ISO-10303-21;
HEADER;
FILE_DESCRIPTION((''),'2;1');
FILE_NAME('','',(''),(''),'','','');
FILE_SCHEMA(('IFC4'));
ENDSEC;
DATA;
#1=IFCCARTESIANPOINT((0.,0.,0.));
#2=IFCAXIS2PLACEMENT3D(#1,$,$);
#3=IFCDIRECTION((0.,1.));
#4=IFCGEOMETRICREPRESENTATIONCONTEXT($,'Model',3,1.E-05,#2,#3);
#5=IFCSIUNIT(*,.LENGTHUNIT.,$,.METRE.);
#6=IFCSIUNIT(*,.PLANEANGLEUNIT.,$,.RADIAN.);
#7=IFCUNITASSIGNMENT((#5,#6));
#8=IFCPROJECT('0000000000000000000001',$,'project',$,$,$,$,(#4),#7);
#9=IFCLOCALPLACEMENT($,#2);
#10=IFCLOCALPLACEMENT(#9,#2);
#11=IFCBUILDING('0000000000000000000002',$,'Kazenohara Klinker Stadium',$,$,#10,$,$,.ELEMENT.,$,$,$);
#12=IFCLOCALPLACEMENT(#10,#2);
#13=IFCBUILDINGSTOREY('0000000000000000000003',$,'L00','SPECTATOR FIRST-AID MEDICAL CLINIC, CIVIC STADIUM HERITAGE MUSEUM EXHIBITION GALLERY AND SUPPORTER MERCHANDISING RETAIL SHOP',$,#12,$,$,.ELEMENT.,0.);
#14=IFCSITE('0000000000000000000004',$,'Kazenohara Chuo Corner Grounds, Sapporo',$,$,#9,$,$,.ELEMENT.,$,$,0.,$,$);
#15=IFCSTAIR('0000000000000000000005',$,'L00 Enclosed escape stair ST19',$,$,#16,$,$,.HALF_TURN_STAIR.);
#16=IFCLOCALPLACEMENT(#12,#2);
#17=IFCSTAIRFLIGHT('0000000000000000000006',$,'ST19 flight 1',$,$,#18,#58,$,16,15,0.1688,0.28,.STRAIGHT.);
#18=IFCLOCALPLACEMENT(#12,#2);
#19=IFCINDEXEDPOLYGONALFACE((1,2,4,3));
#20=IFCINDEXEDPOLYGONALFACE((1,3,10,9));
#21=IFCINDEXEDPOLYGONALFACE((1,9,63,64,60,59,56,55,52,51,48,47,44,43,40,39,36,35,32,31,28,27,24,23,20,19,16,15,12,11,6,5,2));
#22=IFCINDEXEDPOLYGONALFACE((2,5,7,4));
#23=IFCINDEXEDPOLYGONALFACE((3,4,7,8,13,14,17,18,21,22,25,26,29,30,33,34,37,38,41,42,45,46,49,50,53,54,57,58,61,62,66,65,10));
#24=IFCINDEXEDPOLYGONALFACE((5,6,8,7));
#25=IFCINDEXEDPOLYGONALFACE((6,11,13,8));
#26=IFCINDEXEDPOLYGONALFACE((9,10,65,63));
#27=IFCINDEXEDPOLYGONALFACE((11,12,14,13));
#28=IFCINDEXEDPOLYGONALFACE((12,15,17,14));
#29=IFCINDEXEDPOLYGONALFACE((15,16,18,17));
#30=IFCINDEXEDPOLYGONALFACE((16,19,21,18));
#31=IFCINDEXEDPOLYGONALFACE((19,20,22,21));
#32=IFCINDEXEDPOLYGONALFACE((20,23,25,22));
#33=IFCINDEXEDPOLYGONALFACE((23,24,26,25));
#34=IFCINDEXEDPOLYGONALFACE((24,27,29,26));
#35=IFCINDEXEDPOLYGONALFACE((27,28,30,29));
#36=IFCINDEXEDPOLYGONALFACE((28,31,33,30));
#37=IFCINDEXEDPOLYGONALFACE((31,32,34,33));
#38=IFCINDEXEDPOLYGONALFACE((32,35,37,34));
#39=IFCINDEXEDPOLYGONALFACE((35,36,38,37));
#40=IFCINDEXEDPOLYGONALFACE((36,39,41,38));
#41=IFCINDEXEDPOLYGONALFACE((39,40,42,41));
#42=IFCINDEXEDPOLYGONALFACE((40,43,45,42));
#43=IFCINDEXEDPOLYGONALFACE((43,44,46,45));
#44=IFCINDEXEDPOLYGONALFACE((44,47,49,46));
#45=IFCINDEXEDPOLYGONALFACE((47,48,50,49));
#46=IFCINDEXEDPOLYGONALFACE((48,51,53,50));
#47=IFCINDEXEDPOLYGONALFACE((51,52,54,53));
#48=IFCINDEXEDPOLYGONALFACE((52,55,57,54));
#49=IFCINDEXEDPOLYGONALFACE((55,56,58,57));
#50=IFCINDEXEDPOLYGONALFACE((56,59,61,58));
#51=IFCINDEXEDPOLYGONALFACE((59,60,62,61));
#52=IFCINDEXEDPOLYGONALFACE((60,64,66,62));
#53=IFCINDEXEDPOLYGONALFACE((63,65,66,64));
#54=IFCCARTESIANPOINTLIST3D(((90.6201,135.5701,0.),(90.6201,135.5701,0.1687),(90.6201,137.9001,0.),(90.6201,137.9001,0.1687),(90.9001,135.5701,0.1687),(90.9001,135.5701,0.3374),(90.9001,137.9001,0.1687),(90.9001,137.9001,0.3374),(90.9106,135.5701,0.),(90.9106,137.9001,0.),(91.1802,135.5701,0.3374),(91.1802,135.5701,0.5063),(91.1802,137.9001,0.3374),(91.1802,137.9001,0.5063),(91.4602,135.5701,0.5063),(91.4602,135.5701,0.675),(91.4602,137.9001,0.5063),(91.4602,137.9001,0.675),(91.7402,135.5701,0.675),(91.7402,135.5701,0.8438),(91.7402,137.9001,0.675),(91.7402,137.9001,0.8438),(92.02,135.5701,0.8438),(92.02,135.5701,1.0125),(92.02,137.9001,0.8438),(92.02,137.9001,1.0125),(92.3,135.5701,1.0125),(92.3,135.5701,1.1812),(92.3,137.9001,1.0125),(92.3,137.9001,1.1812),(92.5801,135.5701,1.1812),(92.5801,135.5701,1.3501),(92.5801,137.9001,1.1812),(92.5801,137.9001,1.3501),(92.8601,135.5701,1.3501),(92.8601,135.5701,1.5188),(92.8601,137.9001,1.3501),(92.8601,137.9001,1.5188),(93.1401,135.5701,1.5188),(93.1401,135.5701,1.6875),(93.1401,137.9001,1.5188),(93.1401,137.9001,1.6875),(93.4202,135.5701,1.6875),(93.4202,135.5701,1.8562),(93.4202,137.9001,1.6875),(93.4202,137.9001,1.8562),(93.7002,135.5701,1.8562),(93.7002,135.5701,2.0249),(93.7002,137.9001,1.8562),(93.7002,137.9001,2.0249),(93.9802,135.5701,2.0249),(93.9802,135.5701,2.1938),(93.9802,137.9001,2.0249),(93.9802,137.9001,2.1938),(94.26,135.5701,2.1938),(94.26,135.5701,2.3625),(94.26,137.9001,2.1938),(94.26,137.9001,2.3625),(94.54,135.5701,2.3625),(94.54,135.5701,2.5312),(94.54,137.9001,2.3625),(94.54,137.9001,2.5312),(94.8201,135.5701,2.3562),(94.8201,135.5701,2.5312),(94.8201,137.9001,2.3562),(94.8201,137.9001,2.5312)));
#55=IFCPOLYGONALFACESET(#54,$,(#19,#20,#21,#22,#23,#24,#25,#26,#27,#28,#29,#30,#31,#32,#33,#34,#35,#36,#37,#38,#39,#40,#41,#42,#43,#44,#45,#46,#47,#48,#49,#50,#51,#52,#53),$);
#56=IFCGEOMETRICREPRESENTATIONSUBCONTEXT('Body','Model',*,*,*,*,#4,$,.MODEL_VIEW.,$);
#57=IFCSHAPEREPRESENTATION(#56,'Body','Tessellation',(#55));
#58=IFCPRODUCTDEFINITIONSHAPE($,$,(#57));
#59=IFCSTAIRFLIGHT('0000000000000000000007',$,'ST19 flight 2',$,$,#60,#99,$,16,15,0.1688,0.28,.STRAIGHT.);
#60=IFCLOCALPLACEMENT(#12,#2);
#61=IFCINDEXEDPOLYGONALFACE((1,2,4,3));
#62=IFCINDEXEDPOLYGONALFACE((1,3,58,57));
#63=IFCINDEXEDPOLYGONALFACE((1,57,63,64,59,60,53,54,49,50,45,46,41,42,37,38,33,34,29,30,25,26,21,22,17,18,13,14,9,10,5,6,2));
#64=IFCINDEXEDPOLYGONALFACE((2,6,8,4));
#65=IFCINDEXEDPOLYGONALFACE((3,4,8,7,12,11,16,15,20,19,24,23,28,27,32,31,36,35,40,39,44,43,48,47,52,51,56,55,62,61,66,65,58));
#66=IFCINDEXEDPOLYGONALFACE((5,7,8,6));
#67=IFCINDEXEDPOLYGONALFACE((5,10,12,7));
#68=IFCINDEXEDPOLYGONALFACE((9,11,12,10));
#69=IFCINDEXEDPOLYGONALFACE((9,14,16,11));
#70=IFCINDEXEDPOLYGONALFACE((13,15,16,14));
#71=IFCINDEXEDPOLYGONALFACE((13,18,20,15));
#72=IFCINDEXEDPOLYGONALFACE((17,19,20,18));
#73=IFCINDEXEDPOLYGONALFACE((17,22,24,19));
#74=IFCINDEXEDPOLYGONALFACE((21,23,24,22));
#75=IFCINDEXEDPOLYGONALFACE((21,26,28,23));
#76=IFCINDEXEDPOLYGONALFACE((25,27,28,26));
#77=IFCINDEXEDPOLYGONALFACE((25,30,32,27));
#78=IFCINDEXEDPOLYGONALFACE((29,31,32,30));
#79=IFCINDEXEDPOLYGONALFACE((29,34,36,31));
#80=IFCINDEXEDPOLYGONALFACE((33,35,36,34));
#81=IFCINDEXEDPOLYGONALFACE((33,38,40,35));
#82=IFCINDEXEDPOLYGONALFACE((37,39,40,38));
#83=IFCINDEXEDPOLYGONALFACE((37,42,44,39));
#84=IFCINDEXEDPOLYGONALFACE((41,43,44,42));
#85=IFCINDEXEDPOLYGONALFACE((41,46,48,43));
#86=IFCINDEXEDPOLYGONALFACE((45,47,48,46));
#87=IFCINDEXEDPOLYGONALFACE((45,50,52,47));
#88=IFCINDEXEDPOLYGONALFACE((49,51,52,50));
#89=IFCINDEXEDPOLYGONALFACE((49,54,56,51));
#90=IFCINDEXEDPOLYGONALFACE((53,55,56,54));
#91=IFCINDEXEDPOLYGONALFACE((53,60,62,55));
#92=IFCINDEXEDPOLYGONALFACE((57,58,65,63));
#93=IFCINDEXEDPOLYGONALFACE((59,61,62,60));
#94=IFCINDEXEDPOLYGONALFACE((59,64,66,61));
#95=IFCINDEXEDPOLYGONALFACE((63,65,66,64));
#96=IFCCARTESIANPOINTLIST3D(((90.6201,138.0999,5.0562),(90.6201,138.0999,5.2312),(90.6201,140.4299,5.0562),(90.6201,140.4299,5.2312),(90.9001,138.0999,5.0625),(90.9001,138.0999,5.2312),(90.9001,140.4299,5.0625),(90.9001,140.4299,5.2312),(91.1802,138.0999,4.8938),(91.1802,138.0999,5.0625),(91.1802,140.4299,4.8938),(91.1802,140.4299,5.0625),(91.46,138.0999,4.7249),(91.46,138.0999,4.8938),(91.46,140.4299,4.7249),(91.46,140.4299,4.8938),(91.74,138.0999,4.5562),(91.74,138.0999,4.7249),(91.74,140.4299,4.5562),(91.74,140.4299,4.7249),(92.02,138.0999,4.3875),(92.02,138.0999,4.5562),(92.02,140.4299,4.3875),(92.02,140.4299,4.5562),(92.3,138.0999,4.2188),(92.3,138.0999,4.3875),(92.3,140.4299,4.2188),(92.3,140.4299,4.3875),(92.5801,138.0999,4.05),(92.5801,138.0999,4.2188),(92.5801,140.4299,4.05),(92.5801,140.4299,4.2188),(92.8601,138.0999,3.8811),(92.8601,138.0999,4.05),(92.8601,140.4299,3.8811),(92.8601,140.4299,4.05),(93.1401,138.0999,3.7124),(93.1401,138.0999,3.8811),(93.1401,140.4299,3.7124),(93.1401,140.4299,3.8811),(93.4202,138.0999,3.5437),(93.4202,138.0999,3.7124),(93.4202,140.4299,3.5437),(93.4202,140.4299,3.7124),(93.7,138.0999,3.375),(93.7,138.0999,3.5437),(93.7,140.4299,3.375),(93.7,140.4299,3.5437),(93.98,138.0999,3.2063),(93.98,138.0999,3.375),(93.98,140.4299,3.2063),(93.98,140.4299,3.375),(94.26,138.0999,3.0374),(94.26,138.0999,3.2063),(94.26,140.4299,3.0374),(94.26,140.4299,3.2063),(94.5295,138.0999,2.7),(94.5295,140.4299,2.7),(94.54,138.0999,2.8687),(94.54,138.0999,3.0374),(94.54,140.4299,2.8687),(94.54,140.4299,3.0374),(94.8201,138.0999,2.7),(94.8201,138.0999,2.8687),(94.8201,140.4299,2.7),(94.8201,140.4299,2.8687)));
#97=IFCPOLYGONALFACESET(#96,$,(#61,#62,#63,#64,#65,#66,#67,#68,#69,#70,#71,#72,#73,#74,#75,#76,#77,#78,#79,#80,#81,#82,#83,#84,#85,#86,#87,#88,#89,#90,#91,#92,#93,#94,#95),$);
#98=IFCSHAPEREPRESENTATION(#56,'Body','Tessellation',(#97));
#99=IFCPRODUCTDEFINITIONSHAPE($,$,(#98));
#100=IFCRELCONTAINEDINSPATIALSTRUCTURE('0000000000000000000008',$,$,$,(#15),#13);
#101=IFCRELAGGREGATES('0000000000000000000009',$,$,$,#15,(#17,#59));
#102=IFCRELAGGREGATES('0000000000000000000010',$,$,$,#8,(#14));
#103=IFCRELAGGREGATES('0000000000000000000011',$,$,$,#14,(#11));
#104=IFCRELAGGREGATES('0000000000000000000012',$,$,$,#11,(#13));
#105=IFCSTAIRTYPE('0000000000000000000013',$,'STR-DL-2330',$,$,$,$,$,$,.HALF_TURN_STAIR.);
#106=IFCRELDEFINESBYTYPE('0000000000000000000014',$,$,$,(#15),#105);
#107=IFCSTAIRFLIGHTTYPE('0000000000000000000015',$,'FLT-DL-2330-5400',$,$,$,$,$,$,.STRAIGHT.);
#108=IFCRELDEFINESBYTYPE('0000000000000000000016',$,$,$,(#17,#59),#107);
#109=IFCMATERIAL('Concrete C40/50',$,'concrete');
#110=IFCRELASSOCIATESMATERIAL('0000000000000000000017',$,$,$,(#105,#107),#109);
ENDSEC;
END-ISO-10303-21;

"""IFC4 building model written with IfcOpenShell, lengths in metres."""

from ifc_helpers import new_model, si_unit, direction, frame, origin, place, context, subcontext, project, spatial, polyline, outline, extrude, material, type_object, element, aggregate, save


model = new_model("IFC4")

# Units and contexts
model_context = context("Model", 3, precision=1e-05, world=origin(), true_north=direction((0.0, 1.0)))
body_context = subcontext(model_context, "Body", "Model", "MODEL_VIEW")
ifc_project = project(units=[si_unit("LENGTHUNIT", "METRE"), si_unit("PLANEANGLEUNIT", "RADIAN")], contexts=[model_context])

# Site, building, storey
site_placement = place(None, origin())
site = spatial("IfcSite", under=ifc_project, at=site_placement, Name="Kazenohara Chuo Corner Grounds, Sapporo", CompositionType="ELEMENT", RefElevation=0.0)
building_placement = place(site_placement, origin())
building = spatial("IfcBuilding", under=site, at=building_placement, Name="Kazenohara Klinker Stadium", CompositionType="ELEMENT")
storey_placement = place(building_placement, origin())
storey = spatial("IfcBuildingStorey", under=building, at=storey_placement, Name="L00", Description="SPECTATOR FIRST-AID MEDICAL CLINIC, CIVIC STADIUM HERITAGE MUSEUM EXHIBITION GALLERY AND SUPPORTER MERCHANDISING RETAIL SHOP", CompositionType="ELEMENT", Elevation=0.0)

# Shared definitions
ifc_material_1 = material(Name="Concrete C40/50", Category="concrete")

# Stair, stair flights
stair_type = type_object("IfcStairType", Name="STR-DL-2330", PredefinedType="HALF_TURN_STAIR", material=ifc_material_1)
stair_placement = place(storey_placement, origin())
stair = element("IfcStair", 1, at=stair_placement, inside=storey, type_object=stair_type, Name="L00 Enclosed escape stair ST19", PredefinedType="HALF_TURN_STAIR")
stair_flight_type = type_object("IfcStairFlightType", Name="FLT-DL-2330-5400", PredefinedType="STRAIGHT", material=ifc_material_1)
stair_flight_1_placement = place(storey_placement, frame((90.6201, 136.7351, 0.0), z_axis=(0.0, 0.0, 1.0), x_axis=(1.0, 0.0, 0.0)))
stair_flight_1 = element("IfcStairFlight", 2, at=stair_flight_1_placement, type_object=stair_flight_type, Name="ST19 flight 1", NumberOfRisers=16, NumberOfTreads=15, PredefinedType="STRAIGHT", RiserHeight=0.1688, TreadLength=0.28, context=body_context, shape_type="SweptSolid", body=[
    extrude(outline(polyline([(0.0, 0.0), (0.0, 0.1687), (0.28, 0.1687), (0.28, 0.3374), (0.5601, 0.3374), (0.5601, 0.5063), (0.8401, 0.5063), (0.8401, 0.675), (1.1201, 0.675), (1.1201, 0.8438), (1.3999, 0.8438), (1.3999, 1.0125), (1.6799, 1.0125), (1.6799, 1.1812), (1.96, 1.1812), (1.96, 1.3501), (2.24, 1.3501), (2.24, 1.5188), (2.52, 1.5188), (2.52, 1.6875), (2.8, 1.6875), (2.8, 1.8562), (3.0801, 1.8562), (3.0801, 2.0249), (3.3601, 2.0249), (3.3601, 2.1938), (3.6399, 2.1938), (3.6399, 2.3625), (3.9199, 2.3625), (3.9199, 2.5312), (4.2, 2.5312), (4.2, 2.7), (4.2, 2.3562), (0.2905, 0.0), (0.0, 0.0)])), frame((0.0, 1.165, 0.0), z_axis=(0.0, -1.0, 0.0), x_axis=(1.0, 0.0, 0.0)), (0.0, 0.0, 1.0), 2.3301),
])
stair_flight_2_placement = place(storey_placement, frame((94.8201, 139.2649, 2.7), z_axis=(0.0, 0.0, 1.0), x_axis=(-1.0, 0.0, 0.0)))
stair_flight_2 = element("IfcStairFlight", 3, at=stair_flight_2_placement, type_object=stair_flight_type, Name="ST19 flight 2", NumberOfRisers=16, NumberOfTreads=15, PredefinedType="STRAIGHT", RiserHeight=0.1688, TreadLength=0.28, context=body_context, shape_type="SweptSolid", body=[
    extrude(outline(polyline([(0.0, 0.0), (0.0, 0.1687), (0.28, 0.1687), (0.28, 0.3374), (0.5601, 0.3374), (0.5601, 0.5063), (0.8401, 0.5063), (0.8401, 0.675), (1.1201, 0.675), (1.1201, 0.8438), (1.3999, 0.8438), (1.3999, 1.0125), (1.6799, 1.0125), (1.6799, 1.1812), (1.96, 1.1812), (1.96, 1.3501), (2.24, 1.3501), (2.24, 1.5188), (2.52, 1.5188), (2.52, 1.6875), (2.8, 1.6875), (2.8, 1.8562), (3.0801, 1.8562), (3.0801, 2.0249), (3.3601, 2.0249), (3.3601, 2.1938), (3.6399, 2.1938), (3.6399, 2.3625), (3.9199, 2.3625), (3.9199, 2.5312), (4.2, 2.5312), (4.2, 2.7), (4.2, 2.3562), (0.2905, 0.0), (0.0, 0.0)])), frame((0.0, 1.165, 0.0), z_axis=(0.0, -1.0, 0.0), x_axis=(1.0, 0.0, 0.0)), (0.0, 0.0, 1.0), 2.3301),
])
aggregate(stair, [stair_flight_1, stair_flight_2])

save(model, "model.ifc")
